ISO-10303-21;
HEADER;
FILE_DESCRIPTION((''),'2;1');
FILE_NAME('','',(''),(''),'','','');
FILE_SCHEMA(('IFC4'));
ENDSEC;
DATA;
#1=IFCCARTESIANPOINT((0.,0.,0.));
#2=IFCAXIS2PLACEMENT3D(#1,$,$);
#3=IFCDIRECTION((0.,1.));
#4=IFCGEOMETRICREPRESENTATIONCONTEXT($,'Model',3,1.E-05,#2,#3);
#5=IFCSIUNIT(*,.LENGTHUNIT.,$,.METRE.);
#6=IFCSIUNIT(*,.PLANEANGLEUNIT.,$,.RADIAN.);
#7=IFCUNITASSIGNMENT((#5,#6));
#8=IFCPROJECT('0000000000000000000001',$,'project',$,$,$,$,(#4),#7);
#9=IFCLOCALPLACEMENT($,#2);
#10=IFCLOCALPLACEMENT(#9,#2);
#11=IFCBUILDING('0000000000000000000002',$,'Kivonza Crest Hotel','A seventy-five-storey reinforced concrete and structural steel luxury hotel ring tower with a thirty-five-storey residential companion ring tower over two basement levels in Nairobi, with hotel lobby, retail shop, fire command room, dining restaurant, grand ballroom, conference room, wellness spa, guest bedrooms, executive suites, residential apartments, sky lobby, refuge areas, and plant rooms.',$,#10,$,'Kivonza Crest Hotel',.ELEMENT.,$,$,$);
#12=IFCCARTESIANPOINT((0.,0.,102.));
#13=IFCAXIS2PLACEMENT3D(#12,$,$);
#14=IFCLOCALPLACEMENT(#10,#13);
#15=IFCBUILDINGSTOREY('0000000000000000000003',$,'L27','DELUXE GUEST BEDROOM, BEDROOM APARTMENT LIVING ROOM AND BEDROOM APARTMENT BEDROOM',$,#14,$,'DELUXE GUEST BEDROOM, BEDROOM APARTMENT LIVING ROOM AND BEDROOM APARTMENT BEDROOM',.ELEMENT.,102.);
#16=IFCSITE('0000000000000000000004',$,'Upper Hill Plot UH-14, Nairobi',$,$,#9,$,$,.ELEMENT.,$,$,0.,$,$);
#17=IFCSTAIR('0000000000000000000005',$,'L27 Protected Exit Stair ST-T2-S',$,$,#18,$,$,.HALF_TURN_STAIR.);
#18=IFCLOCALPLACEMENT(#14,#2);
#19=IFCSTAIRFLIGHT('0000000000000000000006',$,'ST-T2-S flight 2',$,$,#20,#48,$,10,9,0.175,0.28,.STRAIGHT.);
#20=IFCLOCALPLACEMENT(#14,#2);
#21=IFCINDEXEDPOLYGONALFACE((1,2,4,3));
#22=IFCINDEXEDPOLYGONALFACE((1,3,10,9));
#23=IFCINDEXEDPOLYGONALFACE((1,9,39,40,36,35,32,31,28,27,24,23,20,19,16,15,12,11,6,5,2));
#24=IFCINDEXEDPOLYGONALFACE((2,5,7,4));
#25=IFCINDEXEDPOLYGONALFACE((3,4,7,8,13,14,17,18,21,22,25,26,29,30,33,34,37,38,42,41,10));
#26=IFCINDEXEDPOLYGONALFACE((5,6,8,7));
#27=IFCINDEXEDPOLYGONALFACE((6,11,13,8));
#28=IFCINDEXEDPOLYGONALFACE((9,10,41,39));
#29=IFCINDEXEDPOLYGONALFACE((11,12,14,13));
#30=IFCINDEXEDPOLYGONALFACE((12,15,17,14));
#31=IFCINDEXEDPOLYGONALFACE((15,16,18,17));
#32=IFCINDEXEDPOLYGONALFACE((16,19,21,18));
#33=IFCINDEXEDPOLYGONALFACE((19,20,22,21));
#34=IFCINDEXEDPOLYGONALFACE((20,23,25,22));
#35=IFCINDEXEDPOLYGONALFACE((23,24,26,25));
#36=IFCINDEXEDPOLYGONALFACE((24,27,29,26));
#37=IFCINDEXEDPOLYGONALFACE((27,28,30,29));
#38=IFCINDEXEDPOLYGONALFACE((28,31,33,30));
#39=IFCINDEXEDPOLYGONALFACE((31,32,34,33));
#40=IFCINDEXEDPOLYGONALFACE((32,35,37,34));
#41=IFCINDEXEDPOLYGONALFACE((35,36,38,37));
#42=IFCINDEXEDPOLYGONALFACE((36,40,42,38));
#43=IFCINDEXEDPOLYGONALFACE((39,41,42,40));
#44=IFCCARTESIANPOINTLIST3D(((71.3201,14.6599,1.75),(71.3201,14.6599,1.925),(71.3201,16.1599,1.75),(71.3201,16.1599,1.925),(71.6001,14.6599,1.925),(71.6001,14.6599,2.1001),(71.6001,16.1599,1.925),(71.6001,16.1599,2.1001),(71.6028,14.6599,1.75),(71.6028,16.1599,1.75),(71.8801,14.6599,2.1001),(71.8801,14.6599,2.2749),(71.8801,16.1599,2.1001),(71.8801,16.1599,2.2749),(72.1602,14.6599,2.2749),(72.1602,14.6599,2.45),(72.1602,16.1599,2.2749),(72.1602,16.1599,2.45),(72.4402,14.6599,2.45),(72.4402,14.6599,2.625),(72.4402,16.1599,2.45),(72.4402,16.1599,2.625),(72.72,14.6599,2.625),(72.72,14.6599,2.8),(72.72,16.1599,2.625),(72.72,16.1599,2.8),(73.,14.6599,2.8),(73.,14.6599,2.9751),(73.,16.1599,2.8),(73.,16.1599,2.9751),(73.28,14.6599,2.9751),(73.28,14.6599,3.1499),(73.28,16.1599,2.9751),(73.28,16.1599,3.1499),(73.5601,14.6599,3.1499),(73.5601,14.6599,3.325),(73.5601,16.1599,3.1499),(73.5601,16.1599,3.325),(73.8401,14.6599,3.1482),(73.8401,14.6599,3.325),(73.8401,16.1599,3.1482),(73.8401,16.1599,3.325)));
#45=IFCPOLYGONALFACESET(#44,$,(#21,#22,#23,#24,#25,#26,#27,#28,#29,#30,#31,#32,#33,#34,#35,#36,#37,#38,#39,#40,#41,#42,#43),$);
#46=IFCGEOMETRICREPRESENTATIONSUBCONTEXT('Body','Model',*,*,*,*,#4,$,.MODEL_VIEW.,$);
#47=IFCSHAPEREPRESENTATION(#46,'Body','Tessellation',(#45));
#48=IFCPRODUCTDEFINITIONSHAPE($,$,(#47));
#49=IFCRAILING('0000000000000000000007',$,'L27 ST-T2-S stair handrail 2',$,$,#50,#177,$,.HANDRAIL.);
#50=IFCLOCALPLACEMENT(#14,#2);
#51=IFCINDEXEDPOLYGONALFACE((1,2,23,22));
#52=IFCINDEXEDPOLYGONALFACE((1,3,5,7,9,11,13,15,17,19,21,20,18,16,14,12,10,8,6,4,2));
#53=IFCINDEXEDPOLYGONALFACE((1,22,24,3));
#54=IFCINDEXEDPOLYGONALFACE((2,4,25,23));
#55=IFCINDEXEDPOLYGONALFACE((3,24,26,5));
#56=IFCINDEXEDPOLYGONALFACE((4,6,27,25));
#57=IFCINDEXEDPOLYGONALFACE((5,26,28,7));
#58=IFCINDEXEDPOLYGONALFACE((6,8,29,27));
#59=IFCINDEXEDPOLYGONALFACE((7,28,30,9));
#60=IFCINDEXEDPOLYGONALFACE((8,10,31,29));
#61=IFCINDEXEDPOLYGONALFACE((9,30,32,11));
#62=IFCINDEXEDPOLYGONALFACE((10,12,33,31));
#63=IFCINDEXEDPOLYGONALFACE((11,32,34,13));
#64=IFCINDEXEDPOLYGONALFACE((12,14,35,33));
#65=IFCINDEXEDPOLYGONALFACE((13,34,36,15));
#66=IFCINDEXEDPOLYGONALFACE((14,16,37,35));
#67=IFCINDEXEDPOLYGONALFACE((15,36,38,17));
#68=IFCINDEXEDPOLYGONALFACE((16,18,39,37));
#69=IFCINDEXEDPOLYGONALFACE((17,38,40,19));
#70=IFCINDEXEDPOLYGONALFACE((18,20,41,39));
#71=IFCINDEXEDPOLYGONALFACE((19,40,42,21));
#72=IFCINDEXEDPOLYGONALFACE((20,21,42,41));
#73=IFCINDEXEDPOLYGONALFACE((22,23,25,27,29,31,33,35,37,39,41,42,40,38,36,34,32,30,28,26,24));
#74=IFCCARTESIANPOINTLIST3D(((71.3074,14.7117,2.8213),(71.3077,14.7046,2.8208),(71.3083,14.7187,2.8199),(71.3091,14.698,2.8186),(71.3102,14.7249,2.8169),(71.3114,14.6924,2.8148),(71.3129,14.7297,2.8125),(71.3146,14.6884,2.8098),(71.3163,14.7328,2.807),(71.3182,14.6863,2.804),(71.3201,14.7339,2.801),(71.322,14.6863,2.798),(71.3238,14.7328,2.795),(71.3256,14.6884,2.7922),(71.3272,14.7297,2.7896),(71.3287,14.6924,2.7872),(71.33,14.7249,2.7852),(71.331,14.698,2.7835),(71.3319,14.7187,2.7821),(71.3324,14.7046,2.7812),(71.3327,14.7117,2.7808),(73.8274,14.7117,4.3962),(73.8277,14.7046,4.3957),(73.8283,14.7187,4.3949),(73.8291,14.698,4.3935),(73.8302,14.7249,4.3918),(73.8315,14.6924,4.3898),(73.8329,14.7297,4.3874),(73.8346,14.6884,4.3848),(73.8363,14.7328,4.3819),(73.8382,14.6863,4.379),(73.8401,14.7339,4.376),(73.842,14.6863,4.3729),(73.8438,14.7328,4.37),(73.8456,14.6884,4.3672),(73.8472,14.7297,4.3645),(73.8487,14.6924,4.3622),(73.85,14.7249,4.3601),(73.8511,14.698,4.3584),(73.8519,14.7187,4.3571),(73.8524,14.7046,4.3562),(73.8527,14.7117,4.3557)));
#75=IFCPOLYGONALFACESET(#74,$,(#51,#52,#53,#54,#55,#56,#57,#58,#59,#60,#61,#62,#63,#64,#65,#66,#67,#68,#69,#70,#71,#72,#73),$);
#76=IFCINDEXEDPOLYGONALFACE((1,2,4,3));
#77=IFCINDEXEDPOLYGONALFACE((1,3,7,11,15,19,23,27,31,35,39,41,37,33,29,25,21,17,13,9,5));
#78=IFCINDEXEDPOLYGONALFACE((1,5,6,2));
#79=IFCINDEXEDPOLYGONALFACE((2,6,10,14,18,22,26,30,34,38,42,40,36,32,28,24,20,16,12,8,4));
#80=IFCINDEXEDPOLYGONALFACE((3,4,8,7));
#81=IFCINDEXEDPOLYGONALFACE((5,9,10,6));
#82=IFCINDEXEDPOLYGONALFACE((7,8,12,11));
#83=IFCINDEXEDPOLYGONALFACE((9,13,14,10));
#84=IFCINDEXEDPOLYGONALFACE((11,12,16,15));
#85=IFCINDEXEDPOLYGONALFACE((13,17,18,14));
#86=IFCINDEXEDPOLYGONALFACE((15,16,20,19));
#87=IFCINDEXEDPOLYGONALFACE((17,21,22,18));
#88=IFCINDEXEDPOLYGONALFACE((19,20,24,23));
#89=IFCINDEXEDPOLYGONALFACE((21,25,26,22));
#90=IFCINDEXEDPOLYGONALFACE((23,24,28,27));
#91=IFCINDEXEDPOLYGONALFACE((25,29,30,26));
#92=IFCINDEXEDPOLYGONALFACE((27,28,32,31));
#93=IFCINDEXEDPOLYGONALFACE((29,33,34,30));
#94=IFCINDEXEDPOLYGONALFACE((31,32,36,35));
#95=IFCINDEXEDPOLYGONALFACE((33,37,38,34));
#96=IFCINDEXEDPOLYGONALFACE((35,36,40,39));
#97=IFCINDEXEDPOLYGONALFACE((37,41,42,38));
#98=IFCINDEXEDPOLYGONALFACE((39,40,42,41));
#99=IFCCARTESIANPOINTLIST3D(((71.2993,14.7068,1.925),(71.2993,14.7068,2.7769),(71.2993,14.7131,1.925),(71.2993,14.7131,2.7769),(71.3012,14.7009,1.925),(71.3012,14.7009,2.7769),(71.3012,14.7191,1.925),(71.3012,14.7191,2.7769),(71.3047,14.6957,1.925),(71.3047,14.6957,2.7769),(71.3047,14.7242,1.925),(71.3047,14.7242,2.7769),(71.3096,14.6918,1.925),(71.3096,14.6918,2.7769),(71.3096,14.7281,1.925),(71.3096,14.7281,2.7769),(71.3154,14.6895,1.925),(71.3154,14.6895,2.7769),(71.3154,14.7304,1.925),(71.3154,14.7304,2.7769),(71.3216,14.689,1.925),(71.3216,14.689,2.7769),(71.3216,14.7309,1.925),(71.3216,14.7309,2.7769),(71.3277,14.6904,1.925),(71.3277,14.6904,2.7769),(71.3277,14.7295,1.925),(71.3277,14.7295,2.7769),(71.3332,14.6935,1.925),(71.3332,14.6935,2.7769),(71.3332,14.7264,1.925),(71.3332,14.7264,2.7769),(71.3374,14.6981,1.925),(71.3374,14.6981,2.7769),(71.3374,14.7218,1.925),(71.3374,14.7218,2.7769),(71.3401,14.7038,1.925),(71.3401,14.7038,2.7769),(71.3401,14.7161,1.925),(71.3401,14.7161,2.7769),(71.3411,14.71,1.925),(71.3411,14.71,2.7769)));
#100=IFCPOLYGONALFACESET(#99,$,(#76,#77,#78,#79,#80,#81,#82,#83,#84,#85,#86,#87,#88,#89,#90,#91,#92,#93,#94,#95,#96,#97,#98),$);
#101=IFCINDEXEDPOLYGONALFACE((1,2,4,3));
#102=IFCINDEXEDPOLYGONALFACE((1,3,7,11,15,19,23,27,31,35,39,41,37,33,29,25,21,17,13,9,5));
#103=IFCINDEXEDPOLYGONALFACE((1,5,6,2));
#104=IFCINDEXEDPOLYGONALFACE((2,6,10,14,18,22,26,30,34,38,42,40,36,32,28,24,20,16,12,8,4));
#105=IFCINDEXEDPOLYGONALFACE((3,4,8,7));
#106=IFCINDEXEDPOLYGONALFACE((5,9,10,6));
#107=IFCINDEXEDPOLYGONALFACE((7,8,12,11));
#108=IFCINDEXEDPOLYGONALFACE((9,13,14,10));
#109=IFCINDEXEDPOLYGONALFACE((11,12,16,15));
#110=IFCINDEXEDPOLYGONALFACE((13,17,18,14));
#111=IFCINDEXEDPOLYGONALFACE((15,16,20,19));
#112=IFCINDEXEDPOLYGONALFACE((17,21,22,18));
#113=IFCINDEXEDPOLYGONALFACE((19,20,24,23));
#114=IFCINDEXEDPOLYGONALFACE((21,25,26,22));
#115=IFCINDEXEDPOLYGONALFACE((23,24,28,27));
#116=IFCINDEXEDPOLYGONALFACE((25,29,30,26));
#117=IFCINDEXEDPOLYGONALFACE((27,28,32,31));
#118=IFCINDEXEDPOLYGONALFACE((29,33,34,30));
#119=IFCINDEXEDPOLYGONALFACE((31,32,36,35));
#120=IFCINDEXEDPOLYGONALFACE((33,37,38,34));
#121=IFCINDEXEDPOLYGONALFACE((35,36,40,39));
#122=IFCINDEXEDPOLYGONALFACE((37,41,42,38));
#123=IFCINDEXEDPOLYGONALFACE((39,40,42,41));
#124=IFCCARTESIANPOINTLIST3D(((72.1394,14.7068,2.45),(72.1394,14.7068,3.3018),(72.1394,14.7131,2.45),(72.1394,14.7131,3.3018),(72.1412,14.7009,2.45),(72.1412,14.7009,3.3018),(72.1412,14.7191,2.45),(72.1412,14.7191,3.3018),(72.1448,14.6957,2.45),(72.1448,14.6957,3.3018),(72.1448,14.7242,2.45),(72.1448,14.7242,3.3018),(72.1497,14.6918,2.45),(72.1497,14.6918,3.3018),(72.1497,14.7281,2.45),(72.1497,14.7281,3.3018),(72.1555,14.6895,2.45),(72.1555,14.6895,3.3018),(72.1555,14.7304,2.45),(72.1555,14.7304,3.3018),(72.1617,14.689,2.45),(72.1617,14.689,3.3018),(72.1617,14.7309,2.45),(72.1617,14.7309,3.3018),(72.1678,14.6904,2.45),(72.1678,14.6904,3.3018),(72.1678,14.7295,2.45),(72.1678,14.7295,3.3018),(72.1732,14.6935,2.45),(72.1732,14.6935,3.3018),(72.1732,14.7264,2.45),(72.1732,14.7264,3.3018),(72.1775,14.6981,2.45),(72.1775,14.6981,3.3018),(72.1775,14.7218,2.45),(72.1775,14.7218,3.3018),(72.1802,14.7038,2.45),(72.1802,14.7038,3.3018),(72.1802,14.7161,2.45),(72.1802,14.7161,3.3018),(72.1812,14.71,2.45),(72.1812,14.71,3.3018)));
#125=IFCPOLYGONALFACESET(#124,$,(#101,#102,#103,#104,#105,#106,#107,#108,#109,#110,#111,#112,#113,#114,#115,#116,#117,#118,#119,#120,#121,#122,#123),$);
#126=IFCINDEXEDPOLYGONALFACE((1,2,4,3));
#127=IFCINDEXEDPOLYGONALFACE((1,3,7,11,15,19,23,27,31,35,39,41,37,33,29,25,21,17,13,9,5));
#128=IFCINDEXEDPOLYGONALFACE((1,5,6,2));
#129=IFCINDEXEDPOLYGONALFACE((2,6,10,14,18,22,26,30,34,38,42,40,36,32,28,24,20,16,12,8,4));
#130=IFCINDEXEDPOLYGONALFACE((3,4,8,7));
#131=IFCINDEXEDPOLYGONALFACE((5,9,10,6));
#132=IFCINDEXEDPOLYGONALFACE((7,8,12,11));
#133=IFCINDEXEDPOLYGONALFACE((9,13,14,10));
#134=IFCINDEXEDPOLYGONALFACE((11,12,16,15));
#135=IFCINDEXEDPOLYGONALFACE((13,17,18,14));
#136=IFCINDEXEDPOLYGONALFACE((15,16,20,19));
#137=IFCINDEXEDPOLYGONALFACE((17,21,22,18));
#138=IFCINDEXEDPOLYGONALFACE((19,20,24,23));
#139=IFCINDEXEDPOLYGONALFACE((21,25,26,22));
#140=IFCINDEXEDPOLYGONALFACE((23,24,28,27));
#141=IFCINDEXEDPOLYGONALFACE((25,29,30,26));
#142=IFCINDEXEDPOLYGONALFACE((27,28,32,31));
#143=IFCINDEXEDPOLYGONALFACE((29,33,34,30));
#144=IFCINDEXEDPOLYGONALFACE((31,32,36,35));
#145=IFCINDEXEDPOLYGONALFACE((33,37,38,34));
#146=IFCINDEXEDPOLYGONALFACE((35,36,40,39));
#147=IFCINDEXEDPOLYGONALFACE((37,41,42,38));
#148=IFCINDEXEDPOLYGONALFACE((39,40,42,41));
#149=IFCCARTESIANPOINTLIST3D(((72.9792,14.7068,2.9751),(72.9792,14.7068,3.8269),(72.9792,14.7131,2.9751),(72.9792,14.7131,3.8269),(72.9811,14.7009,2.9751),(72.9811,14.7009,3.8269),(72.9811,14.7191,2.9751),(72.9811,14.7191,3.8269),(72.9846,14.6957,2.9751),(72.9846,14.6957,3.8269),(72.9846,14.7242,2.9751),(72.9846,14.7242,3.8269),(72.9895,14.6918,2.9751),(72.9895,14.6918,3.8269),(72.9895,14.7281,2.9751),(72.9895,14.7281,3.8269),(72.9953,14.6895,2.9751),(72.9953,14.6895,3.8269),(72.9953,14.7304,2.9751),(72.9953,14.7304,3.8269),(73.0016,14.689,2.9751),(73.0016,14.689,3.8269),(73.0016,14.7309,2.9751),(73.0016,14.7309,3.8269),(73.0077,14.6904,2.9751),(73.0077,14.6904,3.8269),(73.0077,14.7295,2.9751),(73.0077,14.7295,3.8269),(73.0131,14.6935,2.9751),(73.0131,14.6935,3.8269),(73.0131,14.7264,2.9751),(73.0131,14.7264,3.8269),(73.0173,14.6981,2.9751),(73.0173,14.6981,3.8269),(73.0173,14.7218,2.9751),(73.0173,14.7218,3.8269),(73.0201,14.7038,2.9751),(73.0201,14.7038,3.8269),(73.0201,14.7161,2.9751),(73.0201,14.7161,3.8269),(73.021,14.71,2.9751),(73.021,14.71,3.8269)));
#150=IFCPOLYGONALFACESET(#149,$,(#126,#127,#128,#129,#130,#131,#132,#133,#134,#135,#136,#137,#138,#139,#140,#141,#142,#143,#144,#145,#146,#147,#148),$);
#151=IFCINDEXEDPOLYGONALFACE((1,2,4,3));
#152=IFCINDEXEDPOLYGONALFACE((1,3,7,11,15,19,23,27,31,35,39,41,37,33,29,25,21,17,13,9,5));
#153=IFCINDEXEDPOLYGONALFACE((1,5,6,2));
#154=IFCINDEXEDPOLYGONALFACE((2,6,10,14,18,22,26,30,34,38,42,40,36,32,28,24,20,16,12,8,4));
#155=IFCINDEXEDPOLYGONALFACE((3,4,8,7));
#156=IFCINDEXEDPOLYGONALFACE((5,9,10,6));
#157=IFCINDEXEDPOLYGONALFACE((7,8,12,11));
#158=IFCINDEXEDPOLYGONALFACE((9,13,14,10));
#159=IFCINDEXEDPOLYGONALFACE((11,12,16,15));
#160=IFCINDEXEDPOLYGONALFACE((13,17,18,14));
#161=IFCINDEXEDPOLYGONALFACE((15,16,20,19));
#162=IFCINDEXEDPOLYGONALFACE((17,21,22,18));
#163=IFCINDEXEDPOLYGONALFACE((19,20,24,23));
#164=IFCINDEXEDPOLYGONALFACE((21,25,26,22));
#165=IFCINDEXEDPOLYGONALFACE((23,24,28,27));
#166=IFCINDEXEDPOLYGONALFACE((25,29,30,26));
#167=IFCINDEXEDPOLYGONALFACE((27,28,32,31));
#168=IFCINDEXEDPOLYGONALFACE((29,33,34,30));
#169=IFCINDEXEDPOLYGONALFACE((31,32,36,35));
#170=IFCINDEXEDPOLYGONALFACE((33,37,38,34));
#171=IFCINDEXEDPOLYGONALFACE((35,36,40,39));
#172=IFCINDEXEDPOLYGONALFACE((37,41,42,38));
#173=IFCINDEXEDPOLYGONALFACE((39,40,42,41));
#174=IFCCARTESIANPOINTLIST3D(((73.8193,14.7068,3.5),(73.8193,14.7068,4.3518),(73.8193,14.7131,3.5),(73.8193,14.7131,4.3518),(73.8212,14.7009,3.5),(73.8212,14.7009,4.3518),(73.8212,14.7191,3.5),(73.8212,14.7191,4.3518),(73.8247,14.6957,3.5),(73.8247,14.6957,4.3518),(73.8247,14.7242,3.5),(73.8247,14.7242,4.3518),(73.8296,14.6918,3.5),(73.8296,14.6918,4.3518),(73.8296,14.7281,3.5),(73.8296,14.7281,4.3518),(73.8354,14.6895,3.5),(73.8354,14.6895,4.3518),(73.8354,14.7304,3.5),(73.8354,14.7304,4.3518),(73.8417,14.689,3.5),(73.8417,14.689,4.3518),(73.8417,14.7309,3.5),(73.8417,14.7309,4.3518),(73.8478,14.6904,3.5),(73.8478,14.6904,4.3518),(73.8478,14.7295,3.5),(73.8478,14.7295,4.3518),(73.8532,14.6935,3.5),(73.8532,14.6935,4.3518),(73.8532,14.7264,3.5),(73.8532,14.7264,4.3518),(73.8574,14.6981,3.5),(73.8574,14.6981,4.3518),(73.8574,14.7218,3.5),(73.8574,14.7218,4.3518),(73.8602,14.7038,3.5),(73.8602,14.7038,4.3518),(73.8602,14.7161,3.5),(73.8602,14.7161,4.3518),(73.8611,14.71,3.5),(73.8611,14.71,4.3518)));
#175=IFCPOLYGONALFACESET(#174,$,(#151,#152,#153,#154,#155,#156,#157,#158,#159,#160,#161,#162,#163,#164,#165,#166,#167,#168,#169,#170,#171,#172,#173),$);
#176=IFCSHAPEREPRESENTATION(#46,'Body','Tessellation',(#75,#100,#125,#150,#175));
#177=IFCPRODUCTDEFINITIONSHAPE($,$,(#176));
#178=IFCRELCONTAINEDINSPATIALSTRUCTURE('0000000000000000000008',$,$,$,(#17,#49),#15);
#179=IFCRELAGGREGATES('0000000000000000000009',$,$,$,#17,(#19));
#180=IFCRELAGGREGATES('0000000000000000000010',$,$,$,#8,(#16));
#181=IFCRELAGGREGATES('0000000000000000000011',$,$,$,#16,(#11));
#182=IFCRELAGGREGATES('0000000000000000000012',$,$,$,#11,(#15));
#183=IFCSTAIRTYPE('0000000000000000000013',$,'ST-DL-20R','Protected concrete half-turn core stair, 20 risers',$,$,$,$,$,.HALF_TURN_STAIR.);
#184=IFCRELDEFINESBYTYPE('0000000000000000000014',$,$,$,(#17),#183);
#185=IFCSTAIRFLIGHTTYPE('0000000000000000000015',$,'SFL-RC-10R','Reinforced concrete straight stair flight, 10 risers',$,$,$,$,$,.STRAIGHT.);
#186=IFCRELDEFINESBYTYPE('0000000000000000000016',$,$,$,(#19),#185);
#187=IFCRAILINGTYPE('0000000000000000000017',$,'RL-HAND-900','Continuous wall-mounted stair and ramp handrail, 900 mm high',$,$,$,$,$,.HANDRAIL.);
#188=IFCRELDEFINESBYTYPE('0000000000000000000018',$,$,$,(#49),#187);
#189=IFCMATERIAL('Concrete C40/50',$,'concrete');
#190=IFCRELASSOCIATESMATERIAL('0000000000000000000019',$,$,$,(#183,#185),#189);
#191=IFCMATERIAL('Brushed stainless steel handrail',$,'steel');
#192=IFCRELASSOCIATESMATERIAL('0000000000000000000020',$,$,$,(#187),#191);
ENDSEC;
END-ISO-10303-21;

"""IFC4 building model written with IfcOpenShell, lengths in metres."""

from ifc_helpers import new_model, si_unit, direction, frame, origin, origin_2d, place, context, subcontext, project, spatial, polyline, circle, outline, extrude, material, type_object, element, aggregate, save


model = new_model("IFC4")

# Units and contexts
model_context = context("Model", 3, precision=1e-05, world=origin(), true_north=direction((0.0, 1.0)))
body_context = subcontext(model_context, "Body", "Model", "MODEL_VIEW")
ifc_project = project(units=[si_unit("LENGTHUNIT", "METRE"), si_unit("PLANEANGLEUNIT", "RADIAN")], contexts=[model_context])

# Site, building, storey
site_placement = place(None, origin())
site = spatial("IfcSite", under=ifc_project, at=site_placement, Name="Upper Hill Plot UH-14, Nairobi", CompositionType="ELEMENT", RefElevation=0.0)
building_placement = place(site_placement, origin())
building = spatial("IfcBuilding", under=site, at=building_placement, Name="Kivonza Crest Hotel", Description="A seventy-five-storey reinforced concrete and structural steel luxury hotel ring tower with a thirty-five-storey residential companion ring tower over two basement levels in Nairobi, with hotel lobby, retail shop, fire command room, dining restaurant, grand ballroom, conference room, wellness spa, guest bedrooms, executive suites, residential apartments, sky lobby, refuge areas, and plant rooms.", LongName="Kivonza Crest Hotel", CompositionType="ELEMENT")
storey_placement = place(building_placement, frame((0.0, 0.0, 102.0)))
storey = spatial("IfcBuildingStorey", under=building, at=storey_placement, Name="L27", Description="DELUXE GUEST BEDROOM, BEDROOM APARTMENT LIVING ROOM AND BEDROOM APARTMENT BEDROOM", LongName="DELUXE GUEST BEDROOM, BEDROOM APARTMENT LIVING ROOM AND BEDROOM APARTMENT BEDROOM", CompositionType="ELEMENT", Elevation=102.0)

# Stair, stair flight
ifc_material_1 = material(Name="Concrete C40/50", Category="concrete")
stair_type = type_object("IfcStairType", Name="ST-DL-20R", Description="Protected concrete half-turn core stair, 20 risers", PredefinedType="HALF_TURN_STAIR", material=ifc_material_1)
stair_placement = place(storey_placement, origin())
stair = element("IfcStair", 1, at=stair_placement, inside=storey, type_object=stair_type, Name="L27 Protected Exit Stair ST-T2-S", PredefinedType="HALF_TURN_STAIR")
stair_flight_type = type_object("IfcStairFlightType", Name="SFL-RC-10R", Description="Reinforced concrete straight stair flight, 10 risers", PredefinedType="STRAIGHT", material=ifc_material_1)
stair_flight_placement = place(storey_placement, frame((71.3201, 15.4099, 1.75), z_axis=(0.0, 0.0, 1.0), x_axis=(1.0, 0.0, 0.0)))
stair_flight = element("IfcStairFlight", 2, at=stair_flight_placement, type_object=stair_flight_type, Name="ST-T2-S flight 2", NumberOfRisers=10, NumberOfTreads=9, PredefinedType="STRAIGHT", RiserHeight=0.175, TreadLength=0.28, context=body_context, shape_type="SweptSolid", body=[
    extrude(outline(polyline([(0.0, 0.0), (0.0, 0.175), (0.28, 0.175), (0.28, 0.3501), (0.5601, 0.3501), (0.5601, 0.5249), (0.8401, 0.5249), (0.8401, 0.7), (1.1201, 0.7), (1.1201, 0.875), (1.3999, 0.875), (1.3999, 1.05), (1.6799, 1.05), (1.6799, 1.2251), (1.96, 1.2251), (1.96, 1.3999), (2.24, 1.3999), (2.24, 1.575), (2.52, 1.575), (2.52, 1.75), (2.52, 1.3982), (0.2827, 0.0), (0.0, 0.0)])), frame((0.0, 0.75, 0.0), z_axis=(0.0, -1.0, 0.0), x_axis=(1.0, 0.0, 0.0)), (0.0, 0.0, 1.0), 1.5),
])
aggregate(stair, [stair_flight])

# Railing
ifc_material_2 = material(Name="Brushed stainless steel handrail", Category="steel")
railing_type_1 = type_object("IfcRailingType", Name="RL-HAND-900", Description="Continuous wall-mounted stair and ramp handrail, 900 mm high", PredefinedType="HANDRAIL", material=ifc_material_2)
railing_1_placement = place(storey_placement, frame((71.3201, 14.71, 1.925)))
element("IfcRailing", 3, at=railing_1_placement, inside=storey, type_object=railing_type_1, Name="L27 ST-T2-S stair handrail 2", PredefinedType="HANDRAIL", context=body_context, shape_type="SweptSolid", body=[
    extrude(circle(Radius=0.0239, at=origin_2d()), frame((0.0, 0.0, 0.876), z_axis=(0.848008, 0.0, 0.529984), x_axis=(0.0, 1.0, 0.0)), (0.0, 0.0, 1.0), 2.9717),
    extrude(circle(Radius=0.021, at=origin_2d()), origin(), (0.0, 0.0, 1.0), 0.8518),
    extrude(circle(Radius=0.021, at=origin_2d()), frame((0.8401, 0.0, 0.5249)), (0.0, 0.0, 1.0), 0.8518),
    extrude(circle(Radius=0.021, at=origin_2d()), frame((1.6799, 0.0, 1.05)), (0.0, 0.0, 1.0), 0.8518),
    extrude(circle(Radius=0.021, at=origin_2d()), frame((2.52, 0.0, 1.575)), (0.0, 0.0, 1.0), 0.8518),
])

save(model, "model.ifc")
